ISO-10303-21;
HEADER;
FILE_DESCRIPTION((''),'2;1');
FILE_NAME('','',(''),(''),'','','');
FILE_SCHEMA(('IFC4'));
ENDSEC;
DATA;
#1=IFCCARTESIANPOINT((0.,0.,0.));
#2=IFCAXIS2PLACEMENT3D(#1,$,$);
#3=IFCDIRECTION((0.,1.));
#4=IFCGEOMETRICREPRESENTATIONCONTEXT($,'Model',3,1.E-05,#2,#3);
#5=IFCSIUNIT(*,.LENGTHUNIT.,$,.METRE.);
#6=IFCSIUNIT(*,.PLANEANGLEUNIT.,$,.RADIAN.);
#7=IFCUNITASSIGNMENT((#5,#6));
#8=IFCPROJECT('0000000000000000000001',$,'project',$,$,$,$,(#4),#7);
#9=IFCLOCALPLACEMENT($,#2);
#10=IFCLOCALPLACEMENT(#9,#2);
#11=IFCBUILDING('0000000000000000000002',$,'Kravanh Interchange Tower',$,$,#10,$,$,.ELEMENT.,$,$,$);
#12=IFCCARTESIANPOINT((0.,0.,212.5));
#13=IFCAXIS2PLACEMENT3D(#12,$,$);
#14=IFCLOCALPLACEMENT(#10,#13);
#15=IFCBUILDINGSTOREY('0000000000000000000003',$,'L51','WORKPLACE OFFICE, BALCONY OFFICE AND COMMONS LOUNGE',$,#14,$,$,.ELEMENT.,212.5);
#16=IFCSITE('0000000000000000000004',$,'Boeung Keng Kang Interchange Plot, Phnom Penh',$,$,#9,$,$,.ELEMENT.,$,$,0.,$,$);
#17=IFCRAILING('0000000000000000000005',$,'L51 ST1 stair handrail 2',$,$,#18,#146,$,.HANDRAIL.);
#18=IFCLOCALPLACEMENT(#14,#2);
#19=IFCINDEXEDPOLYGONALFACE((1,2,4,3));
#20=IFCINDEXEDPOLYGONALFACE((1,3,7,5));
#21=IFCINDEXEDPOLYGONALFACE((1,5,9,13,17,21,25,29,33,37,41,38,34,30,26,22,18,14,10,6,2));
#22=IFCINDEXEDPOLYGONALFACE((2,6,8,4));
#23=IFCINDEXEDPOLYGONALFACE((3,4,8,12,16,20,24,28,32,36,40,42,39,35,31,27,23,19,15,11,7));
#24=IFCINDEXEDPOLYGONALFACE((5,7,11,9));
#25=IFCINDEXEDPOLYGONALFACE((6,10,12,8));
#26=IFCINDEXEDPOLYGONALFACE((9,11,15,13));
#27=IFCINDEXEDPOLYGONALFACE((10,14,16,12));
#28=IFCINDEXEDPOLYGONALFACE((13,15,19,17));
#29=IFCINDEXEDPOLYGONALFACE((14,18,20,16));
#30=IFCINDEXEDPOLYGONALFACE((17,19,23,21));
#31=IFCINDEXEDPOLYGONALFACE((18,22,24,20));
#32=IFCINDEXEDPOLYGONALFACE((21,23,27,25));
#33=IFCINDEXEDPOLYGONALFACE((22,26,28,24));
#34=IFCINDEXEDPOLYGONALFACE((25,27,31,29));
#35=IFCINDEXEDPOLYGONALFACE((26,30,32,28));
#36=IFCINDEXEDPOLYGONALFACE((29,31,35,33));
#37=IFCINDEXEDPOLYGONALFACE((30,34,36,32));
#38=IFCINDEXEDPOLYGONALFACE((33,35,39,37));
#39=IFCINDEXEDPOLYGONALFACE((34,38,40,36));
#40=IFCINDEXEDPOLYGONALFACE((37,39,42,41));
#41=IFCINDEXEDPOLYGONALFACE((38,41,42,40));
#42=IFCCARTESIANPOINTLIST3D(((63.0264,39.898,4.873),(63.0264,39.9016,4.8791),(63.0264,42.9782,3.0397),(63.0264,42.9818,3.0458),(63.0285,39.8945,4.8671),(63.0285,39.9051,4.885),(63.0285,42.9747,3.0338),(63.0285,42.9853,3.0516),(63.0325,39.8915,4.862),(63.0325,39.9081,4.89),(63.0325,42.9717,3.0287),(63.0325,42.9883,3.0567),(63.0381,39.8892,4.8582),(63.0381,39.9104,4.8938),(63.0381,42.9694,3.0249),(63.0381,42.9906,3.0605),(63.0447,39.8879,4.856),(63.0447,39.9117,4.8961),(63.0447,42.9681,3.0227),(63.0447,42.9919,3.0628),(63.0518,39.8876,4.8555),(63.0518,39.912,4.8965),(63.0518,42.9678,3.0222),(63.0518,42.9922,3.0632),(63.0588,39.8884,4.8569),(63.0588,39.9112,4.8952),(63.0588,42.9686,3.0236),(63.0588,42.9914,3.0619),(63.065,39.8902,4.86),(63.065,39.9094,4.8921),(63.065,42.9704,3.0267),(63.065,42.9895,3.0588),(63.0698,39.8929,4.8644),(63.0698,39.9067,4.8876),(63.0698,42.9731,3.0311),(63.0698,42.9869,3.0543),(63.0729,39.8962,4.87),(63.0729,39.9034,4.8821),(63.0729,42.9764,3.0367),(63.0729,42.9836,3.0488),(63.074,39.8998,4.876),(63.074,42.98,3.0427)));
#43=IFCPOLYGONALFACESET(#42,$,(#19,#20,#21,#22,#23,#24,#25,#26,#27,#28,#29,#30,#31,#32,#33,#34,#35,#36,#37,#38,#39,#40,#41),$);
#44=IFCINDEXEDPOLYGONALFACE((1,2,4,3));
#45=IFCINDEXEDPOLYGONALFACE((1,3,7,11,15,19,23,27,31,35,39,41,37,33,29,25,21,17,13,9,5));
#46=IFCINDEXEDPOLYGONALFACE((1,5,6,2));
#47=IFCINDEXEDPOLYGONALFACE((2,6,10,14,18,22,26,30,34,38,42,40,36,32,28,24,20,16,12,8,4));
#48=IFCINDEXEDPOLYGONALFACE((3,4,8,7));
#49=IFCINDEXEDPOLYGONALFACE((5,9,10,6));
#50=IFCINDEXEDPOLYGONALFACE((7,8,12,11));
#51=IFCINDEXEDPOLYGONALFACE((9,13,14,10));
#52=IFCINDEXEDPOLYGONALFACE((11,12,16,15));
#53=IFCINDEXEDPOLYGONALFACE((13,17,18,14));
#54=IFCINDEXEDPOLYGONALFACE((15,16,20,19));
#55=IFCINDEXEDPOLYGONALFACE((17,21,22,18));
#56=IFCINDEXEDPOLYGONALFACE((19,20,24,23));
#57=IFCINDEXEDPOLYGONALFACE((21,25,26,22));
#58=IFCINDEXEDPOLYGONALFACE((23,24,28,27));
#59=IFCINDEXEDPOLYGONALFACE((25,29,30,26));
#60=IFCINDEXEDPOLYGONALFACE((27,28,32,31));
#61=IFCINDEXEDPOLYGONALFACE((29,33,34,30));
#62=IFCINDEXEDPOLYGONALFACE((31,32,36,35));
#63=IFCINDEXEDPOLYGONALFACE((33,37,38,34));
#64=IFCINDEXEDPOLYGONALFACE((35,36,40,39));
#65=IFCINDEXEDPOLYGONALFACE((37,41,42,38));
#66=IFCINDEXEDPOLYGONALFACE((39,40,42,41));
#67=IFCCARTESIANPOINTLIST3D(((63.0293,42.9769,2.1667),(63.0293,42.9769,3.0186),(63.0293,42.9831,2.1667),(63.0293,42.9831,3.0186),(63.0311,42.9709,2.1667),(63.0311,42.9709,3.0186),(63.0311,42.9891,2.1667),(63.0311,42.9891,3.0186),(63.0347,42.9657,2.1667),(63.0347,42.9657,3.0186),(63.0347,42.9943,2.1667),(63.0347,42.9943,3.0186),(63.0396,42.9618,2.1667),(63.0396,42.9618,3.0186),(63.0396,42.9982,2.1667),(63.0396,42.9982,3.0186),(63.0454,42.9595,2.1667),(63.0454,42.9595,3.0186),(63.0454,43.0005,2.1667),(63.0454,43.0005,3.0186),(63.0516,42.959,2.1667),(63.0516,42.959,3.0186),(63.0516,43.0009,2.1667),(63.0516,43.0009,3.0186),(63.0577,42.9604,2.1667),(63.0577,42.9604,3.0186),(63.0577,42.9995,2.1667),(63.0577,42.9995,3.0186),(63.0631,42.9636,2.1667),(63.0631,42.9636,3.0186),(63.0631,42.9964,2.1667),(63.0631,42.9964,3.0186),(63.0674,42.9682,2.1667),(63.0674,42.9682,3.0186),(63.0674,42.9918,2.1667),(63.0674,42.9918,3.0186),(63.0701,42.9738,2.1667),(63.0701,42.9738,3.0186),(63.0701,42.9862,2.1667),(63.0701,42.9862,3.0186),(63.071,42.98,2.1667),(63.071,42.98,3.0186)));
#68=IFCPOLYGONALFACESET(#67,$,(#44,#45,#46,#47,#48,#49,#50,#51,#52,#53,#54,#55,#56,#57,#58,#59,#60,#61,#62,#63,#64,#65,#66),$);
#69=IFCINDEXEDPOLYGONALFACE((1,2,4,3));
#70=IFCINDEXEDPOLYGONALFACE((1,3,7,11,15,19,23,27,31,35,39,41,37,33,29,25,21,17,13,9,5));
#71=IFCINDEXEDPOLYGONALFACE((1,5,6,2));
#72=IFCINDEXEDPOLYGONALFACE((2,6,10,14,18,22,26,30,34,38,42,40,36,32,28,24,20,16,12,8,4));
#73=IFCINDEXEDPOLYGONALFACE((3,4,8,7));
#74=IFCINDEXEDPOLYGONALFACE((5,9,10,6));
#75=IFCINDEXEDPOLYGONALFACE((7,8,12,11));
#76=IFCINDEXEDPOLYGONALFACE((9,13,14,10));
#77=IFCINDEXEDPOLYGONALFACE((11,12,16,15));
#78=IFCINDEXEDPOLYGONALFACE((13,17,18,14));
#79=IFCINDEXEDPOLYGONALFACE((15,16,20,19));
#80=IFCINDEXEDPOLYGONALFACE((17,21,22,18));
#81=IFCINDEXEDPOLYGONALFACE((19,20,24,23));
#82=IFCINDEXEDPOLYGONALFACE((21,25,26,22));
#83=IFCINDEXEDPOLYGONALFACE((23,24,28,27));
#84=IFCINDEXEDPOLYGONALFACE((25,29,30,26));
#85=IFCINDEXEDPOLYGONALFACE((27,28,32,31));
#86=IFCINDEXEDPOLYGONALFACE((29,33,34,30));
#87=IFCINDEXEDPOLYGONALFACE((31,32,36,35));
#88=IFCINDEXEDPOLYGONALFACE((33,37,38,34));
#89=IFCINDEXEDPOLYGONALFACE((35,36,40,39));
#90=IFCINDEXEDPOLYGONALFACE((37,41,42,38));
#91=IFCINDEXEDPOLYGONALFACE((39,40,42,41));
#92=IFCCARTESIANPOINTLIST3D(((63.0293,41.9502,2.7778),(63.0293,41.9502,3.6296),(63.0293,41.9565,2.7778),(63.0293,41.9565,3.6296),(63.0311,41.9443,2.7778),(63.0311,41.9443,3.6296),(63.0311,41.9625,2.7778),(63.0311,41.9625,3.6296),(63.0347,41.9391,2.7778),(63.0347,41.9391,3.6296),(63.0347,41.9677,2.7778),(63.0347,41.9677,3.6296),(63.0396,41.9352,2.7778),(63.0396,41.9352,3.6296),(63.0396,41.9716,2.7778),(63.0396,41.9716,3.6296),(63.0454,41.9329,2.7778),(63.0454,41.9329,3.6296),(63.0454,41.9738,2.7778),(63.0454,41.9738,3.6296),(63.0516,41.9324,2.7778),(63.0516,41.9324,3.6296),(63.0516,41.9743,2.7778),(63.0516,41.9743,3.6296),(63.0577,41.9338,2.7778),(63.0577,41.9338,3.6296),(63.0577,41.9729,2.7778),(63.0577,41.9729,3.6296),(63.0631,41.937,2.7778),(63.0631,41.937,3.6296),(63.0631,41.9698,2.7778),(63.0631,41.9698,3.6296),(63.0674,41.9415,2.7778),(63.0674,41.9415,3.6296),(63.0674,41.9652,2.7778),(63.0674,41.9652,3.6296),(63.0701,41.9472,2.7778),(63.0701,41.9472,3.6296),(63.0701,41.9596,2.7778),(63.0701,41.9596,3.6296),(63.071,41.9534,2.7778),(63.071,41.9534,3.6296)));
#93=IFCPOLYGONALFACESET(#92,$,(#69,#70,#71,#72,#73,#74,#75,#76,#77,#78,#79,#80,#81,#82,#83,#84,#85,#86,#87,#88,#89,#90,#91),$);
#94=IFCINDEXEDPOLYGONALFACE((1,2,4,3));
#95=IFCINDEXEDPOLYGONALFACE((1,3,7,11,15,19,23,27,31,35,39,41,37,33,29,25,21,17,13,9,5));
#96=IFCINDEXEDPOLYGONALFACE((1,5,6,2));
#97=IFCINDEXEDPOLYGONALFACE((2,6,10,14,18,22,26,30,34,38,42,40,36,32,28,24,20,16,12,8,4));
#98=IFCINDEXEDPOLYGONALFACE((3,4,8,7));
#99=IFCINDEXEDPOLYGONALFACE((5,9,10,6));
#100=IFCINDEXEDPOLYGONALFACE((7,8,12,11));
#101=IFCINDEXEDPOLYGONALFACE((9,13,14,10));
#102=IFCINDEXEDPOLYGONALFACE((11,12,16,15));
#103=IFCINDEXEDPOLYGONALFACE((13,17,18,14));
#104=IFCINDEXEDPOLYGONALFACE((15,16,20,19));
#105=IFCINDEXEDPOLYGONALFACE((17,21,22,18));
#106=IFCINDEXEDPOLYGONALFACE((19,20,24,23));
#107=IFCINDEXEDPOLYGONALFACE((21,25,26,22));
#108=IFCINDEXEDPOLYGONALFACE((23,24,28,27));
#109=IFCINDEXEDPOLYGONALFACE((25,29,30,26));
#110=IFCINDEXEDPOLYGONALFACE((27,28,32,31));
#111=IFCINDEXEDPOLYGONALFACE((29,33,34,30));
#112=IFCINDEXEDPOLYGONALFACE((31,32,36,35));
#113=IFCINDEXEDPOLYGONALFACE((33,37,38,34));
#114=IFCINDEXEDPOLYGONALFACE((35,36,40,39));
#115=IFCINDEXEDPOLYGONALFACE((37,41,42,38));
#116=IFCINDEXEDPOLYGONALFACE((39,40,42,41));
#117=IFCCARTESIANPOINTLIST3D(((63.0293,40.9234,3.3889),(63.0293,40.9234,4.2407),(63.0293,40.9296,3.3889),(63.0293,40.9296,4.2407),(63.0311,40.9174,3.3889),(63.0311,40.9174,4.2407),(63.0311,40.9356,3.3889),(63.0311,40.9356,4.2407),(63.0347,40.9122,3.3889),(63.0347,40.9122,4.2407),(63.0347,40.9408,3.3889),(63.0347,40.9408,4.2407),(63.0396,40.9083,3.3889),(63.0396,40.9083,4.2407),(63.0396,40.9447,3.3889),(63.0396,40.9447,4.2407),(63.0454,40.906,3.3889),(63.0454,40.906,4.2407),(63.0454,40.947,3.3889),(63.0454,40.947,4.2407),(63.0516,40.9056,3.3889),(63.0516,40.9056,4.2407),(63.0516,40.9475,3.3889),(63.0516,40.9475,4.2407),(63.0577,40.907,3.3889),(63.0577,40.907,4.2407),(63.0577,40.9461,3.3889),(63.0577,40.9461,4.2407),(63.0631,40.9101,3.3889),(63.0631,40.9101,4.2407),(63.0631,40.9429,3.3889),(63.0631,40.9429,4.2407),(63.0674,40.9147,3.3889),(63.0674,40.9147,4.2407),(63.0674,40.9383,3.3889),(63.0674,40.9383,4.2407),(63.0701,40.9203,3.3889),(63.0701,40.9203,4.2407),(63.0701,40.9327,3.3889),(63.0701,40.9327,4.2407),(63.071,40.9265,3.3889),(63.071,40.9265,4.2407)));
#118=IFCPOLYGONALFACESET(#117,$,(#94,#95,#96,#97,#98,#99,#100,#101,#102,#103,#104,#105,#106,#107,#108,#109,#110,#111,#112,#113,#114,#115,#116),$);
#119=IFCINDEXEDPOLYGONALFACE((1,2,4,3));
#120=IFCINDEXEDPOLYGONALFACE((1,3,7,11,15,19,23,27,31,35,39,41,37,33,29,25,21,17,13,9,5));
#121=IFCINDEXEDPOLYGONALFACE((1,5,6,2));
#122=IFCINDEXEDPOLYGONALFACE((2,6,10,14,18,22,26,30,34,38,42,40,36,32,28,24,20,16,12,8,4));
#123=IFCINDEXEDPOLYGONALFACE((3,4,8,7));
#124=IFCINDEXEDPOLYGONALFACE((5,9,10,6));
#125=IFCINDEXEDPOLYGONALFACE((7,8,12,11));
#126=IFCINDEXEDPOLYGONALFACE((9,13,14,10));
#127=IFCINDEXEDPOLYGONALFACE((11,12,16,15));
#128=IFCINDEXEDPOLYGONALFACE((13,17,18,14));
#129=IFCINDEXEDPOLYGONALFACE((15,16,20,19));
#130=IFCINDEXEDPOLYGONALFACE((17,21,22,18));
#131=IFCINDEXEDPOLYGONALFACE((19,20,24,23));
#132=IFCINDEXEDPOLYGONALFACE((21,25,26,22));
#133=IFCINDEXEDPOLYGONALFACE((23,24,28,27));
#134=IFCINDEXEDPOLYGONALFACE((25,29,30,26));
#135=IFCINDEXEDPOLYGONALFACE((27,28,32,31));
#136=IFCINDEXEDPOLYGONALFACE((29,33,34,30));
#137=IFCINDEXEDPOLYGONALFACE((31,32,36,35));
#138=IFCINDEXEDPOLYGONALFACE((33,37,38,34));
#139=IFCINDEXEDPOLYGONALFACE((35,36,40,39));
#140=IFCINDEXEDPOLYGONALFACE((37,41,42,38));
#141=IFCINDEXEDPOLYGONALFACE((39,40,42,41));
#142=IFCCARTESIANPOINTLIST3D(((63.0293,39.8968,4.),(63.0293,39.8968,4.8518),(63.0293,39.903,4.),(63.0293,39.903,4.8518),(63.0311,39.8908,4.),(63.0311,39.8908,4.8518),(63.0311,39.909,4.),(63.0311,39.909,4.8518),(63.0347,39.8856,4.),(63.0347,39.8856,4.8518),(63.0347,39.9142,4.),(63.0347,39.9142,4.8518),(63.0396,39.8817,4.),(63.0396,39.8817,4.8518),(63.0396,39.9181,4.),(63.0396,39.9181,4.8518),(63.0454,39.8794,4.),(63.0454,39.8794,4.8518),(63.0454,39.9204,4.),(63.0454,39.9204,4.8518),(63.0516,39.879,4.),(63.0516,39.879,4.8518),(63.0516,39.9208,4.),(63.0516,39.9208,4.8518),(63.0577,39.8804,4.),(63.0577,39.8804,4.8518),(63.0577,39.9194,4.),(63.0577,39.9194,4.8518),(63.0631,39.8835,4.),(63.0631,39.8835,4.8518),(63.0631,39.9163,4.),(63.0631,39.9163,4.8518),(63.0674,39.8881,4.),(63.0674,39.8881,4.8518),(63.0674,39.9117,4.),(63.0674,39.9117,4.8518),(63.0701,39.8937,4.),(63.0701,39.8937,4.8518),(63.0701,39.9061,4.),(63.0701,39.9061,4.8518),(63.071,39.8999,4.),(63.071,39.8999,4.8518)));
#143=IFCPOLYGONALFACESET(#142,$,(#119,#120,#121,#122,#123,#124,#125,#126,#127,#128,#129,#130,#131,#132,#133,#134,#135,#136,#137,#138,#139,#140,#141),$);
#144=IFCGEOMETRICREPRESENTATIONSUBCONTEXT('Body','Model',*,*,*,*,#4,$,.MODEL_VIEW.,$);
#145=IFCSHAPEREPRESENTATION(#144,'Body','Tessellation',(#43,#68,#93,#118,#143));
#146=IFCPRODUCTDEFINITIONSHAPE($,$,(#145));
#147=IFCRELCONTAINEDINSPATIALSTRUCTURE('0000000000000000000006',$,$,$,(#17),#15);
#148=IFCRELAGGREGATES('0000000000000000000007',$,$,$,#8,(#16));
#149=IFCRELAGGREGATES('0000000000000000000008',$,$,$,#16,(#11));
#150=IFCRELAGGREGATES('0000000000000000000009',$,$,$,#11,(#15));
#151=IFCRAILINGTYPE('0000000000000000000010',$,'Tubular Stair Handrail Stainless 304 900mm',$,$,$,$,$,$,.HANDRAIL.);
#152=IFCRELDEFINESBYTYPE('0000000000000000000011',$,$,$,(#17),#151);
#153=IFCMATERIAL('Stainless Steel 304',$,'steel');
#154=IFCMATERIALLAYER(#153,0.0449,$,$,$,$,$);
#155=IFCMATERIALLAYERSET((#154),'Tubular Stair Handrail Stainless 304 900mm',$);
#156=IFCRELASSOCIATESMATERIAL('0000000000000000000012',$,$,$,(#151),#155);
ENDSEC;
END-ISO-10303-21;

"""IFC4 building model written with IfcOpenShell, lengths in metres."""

from ifc_helpers import new_model, si_unit, direction, frame, origin, origin_2d, place, context, subcontext, project, spatial, circle, extrude, material, layer, layer_set, type_object, element, save


model = new_model("IFC4")

# Units and contexts
model_context = context("Model", 3, precision=1e-05, world=origin(), true_north=direction((0.0, 1.0)))
body_context = subcontext(model_context, "Body", "Model", "MODEL_VIEW")
ifc_project = project(units=[si_unit("LENGTHUNIT", "METRE"), si_unit("PLANEANGLEUNIT", "RADIAN")], contexts=[model_context])

# Site, building, storey
site_placement = place(None, origin())
site = spatial("IfcSite", under=ifc_project, at=site_placement, Name="Boeung Keng Kang Interchange Plot, Phnom Penh", CompositionType="ELEMENT", RefElevation=0.0)
building_placement = place(site_placement, origin())
building = spatial("IfcBuilding", under=site, at=building_placement, Name="Kravanh Interchange Tower", CompositionType="ELEMENT")
storey_placement = place(building_placement, frame((0.0, 0.0, 212.5)))
storey = spatial("IfcBuildingStorey", under=building, at=storey_placement, Name="L51", Description="WORKPLACE OFFICE, BALCONY OFFICE AND COMMONS LOUNGE", CompositionType="ELEMENT", Elevation=212.5)

# Railing
ifc_material_1 = material(Name="Stainless Steel 304", Category="steel")
ifc_layer_1 = layer(ifc_material_1, 0.0449)
ifc_layer_set_1 = layer_set([ifc_layer_1], Name="Tubular Stair Handrail Stainless 304 900mm")
railing_type_1 = type_object("IfcRailingType", Name="Tubular Stair Handrail Stainless 304 900mm", PredefinedType="HANDRAIL", material=ifc_layer_set_1)
railing_1_placement = place(storey_placement, frame((63.05, 42.98, 2.1667)))
element("IfcRailing", 1, at=railing_1_placement, inside=storey, type_object=railing_type_1, Name="L51 ST1 stair handrail 2", PredefinedType="HANDRAIL", context=body_context, shape_type="SweptSolid", body=[
    extrude(circle(Radius=0.0239, at=origin_2d()), frame((0.0, 0.0, 0.876), z_axis=(0.0, -0.859309, 0.511458), x_axis=(1.0, 0.0, 0.0)), (0.0, 0.0, 1.0), 3.5845),
    extrude(circle(Radius=0.021, at=origin_2d()), origin(), (0.0, 0.0, 1.0), 0.8518),
    extrude(circle(Radius=0.021, at=origin_2d()), frame((0.0, -1.0266, 0.6111)), (0.0, 0.0, 1.0), 0.8518),
    extrude(circle(Radius=0.021, at=origin_2d()), frame((0.0, -2.0535, 1.2222)), (0.0, 0.0, 1.0), 0.8518),
    extrude(circle(Radius=0.021, at=origin_2d()), frame((0.0, -3.0801, 1.8333)), (0.0, 0.0, 1.0), 0.8518),
])

save(model, "model.ifc")
